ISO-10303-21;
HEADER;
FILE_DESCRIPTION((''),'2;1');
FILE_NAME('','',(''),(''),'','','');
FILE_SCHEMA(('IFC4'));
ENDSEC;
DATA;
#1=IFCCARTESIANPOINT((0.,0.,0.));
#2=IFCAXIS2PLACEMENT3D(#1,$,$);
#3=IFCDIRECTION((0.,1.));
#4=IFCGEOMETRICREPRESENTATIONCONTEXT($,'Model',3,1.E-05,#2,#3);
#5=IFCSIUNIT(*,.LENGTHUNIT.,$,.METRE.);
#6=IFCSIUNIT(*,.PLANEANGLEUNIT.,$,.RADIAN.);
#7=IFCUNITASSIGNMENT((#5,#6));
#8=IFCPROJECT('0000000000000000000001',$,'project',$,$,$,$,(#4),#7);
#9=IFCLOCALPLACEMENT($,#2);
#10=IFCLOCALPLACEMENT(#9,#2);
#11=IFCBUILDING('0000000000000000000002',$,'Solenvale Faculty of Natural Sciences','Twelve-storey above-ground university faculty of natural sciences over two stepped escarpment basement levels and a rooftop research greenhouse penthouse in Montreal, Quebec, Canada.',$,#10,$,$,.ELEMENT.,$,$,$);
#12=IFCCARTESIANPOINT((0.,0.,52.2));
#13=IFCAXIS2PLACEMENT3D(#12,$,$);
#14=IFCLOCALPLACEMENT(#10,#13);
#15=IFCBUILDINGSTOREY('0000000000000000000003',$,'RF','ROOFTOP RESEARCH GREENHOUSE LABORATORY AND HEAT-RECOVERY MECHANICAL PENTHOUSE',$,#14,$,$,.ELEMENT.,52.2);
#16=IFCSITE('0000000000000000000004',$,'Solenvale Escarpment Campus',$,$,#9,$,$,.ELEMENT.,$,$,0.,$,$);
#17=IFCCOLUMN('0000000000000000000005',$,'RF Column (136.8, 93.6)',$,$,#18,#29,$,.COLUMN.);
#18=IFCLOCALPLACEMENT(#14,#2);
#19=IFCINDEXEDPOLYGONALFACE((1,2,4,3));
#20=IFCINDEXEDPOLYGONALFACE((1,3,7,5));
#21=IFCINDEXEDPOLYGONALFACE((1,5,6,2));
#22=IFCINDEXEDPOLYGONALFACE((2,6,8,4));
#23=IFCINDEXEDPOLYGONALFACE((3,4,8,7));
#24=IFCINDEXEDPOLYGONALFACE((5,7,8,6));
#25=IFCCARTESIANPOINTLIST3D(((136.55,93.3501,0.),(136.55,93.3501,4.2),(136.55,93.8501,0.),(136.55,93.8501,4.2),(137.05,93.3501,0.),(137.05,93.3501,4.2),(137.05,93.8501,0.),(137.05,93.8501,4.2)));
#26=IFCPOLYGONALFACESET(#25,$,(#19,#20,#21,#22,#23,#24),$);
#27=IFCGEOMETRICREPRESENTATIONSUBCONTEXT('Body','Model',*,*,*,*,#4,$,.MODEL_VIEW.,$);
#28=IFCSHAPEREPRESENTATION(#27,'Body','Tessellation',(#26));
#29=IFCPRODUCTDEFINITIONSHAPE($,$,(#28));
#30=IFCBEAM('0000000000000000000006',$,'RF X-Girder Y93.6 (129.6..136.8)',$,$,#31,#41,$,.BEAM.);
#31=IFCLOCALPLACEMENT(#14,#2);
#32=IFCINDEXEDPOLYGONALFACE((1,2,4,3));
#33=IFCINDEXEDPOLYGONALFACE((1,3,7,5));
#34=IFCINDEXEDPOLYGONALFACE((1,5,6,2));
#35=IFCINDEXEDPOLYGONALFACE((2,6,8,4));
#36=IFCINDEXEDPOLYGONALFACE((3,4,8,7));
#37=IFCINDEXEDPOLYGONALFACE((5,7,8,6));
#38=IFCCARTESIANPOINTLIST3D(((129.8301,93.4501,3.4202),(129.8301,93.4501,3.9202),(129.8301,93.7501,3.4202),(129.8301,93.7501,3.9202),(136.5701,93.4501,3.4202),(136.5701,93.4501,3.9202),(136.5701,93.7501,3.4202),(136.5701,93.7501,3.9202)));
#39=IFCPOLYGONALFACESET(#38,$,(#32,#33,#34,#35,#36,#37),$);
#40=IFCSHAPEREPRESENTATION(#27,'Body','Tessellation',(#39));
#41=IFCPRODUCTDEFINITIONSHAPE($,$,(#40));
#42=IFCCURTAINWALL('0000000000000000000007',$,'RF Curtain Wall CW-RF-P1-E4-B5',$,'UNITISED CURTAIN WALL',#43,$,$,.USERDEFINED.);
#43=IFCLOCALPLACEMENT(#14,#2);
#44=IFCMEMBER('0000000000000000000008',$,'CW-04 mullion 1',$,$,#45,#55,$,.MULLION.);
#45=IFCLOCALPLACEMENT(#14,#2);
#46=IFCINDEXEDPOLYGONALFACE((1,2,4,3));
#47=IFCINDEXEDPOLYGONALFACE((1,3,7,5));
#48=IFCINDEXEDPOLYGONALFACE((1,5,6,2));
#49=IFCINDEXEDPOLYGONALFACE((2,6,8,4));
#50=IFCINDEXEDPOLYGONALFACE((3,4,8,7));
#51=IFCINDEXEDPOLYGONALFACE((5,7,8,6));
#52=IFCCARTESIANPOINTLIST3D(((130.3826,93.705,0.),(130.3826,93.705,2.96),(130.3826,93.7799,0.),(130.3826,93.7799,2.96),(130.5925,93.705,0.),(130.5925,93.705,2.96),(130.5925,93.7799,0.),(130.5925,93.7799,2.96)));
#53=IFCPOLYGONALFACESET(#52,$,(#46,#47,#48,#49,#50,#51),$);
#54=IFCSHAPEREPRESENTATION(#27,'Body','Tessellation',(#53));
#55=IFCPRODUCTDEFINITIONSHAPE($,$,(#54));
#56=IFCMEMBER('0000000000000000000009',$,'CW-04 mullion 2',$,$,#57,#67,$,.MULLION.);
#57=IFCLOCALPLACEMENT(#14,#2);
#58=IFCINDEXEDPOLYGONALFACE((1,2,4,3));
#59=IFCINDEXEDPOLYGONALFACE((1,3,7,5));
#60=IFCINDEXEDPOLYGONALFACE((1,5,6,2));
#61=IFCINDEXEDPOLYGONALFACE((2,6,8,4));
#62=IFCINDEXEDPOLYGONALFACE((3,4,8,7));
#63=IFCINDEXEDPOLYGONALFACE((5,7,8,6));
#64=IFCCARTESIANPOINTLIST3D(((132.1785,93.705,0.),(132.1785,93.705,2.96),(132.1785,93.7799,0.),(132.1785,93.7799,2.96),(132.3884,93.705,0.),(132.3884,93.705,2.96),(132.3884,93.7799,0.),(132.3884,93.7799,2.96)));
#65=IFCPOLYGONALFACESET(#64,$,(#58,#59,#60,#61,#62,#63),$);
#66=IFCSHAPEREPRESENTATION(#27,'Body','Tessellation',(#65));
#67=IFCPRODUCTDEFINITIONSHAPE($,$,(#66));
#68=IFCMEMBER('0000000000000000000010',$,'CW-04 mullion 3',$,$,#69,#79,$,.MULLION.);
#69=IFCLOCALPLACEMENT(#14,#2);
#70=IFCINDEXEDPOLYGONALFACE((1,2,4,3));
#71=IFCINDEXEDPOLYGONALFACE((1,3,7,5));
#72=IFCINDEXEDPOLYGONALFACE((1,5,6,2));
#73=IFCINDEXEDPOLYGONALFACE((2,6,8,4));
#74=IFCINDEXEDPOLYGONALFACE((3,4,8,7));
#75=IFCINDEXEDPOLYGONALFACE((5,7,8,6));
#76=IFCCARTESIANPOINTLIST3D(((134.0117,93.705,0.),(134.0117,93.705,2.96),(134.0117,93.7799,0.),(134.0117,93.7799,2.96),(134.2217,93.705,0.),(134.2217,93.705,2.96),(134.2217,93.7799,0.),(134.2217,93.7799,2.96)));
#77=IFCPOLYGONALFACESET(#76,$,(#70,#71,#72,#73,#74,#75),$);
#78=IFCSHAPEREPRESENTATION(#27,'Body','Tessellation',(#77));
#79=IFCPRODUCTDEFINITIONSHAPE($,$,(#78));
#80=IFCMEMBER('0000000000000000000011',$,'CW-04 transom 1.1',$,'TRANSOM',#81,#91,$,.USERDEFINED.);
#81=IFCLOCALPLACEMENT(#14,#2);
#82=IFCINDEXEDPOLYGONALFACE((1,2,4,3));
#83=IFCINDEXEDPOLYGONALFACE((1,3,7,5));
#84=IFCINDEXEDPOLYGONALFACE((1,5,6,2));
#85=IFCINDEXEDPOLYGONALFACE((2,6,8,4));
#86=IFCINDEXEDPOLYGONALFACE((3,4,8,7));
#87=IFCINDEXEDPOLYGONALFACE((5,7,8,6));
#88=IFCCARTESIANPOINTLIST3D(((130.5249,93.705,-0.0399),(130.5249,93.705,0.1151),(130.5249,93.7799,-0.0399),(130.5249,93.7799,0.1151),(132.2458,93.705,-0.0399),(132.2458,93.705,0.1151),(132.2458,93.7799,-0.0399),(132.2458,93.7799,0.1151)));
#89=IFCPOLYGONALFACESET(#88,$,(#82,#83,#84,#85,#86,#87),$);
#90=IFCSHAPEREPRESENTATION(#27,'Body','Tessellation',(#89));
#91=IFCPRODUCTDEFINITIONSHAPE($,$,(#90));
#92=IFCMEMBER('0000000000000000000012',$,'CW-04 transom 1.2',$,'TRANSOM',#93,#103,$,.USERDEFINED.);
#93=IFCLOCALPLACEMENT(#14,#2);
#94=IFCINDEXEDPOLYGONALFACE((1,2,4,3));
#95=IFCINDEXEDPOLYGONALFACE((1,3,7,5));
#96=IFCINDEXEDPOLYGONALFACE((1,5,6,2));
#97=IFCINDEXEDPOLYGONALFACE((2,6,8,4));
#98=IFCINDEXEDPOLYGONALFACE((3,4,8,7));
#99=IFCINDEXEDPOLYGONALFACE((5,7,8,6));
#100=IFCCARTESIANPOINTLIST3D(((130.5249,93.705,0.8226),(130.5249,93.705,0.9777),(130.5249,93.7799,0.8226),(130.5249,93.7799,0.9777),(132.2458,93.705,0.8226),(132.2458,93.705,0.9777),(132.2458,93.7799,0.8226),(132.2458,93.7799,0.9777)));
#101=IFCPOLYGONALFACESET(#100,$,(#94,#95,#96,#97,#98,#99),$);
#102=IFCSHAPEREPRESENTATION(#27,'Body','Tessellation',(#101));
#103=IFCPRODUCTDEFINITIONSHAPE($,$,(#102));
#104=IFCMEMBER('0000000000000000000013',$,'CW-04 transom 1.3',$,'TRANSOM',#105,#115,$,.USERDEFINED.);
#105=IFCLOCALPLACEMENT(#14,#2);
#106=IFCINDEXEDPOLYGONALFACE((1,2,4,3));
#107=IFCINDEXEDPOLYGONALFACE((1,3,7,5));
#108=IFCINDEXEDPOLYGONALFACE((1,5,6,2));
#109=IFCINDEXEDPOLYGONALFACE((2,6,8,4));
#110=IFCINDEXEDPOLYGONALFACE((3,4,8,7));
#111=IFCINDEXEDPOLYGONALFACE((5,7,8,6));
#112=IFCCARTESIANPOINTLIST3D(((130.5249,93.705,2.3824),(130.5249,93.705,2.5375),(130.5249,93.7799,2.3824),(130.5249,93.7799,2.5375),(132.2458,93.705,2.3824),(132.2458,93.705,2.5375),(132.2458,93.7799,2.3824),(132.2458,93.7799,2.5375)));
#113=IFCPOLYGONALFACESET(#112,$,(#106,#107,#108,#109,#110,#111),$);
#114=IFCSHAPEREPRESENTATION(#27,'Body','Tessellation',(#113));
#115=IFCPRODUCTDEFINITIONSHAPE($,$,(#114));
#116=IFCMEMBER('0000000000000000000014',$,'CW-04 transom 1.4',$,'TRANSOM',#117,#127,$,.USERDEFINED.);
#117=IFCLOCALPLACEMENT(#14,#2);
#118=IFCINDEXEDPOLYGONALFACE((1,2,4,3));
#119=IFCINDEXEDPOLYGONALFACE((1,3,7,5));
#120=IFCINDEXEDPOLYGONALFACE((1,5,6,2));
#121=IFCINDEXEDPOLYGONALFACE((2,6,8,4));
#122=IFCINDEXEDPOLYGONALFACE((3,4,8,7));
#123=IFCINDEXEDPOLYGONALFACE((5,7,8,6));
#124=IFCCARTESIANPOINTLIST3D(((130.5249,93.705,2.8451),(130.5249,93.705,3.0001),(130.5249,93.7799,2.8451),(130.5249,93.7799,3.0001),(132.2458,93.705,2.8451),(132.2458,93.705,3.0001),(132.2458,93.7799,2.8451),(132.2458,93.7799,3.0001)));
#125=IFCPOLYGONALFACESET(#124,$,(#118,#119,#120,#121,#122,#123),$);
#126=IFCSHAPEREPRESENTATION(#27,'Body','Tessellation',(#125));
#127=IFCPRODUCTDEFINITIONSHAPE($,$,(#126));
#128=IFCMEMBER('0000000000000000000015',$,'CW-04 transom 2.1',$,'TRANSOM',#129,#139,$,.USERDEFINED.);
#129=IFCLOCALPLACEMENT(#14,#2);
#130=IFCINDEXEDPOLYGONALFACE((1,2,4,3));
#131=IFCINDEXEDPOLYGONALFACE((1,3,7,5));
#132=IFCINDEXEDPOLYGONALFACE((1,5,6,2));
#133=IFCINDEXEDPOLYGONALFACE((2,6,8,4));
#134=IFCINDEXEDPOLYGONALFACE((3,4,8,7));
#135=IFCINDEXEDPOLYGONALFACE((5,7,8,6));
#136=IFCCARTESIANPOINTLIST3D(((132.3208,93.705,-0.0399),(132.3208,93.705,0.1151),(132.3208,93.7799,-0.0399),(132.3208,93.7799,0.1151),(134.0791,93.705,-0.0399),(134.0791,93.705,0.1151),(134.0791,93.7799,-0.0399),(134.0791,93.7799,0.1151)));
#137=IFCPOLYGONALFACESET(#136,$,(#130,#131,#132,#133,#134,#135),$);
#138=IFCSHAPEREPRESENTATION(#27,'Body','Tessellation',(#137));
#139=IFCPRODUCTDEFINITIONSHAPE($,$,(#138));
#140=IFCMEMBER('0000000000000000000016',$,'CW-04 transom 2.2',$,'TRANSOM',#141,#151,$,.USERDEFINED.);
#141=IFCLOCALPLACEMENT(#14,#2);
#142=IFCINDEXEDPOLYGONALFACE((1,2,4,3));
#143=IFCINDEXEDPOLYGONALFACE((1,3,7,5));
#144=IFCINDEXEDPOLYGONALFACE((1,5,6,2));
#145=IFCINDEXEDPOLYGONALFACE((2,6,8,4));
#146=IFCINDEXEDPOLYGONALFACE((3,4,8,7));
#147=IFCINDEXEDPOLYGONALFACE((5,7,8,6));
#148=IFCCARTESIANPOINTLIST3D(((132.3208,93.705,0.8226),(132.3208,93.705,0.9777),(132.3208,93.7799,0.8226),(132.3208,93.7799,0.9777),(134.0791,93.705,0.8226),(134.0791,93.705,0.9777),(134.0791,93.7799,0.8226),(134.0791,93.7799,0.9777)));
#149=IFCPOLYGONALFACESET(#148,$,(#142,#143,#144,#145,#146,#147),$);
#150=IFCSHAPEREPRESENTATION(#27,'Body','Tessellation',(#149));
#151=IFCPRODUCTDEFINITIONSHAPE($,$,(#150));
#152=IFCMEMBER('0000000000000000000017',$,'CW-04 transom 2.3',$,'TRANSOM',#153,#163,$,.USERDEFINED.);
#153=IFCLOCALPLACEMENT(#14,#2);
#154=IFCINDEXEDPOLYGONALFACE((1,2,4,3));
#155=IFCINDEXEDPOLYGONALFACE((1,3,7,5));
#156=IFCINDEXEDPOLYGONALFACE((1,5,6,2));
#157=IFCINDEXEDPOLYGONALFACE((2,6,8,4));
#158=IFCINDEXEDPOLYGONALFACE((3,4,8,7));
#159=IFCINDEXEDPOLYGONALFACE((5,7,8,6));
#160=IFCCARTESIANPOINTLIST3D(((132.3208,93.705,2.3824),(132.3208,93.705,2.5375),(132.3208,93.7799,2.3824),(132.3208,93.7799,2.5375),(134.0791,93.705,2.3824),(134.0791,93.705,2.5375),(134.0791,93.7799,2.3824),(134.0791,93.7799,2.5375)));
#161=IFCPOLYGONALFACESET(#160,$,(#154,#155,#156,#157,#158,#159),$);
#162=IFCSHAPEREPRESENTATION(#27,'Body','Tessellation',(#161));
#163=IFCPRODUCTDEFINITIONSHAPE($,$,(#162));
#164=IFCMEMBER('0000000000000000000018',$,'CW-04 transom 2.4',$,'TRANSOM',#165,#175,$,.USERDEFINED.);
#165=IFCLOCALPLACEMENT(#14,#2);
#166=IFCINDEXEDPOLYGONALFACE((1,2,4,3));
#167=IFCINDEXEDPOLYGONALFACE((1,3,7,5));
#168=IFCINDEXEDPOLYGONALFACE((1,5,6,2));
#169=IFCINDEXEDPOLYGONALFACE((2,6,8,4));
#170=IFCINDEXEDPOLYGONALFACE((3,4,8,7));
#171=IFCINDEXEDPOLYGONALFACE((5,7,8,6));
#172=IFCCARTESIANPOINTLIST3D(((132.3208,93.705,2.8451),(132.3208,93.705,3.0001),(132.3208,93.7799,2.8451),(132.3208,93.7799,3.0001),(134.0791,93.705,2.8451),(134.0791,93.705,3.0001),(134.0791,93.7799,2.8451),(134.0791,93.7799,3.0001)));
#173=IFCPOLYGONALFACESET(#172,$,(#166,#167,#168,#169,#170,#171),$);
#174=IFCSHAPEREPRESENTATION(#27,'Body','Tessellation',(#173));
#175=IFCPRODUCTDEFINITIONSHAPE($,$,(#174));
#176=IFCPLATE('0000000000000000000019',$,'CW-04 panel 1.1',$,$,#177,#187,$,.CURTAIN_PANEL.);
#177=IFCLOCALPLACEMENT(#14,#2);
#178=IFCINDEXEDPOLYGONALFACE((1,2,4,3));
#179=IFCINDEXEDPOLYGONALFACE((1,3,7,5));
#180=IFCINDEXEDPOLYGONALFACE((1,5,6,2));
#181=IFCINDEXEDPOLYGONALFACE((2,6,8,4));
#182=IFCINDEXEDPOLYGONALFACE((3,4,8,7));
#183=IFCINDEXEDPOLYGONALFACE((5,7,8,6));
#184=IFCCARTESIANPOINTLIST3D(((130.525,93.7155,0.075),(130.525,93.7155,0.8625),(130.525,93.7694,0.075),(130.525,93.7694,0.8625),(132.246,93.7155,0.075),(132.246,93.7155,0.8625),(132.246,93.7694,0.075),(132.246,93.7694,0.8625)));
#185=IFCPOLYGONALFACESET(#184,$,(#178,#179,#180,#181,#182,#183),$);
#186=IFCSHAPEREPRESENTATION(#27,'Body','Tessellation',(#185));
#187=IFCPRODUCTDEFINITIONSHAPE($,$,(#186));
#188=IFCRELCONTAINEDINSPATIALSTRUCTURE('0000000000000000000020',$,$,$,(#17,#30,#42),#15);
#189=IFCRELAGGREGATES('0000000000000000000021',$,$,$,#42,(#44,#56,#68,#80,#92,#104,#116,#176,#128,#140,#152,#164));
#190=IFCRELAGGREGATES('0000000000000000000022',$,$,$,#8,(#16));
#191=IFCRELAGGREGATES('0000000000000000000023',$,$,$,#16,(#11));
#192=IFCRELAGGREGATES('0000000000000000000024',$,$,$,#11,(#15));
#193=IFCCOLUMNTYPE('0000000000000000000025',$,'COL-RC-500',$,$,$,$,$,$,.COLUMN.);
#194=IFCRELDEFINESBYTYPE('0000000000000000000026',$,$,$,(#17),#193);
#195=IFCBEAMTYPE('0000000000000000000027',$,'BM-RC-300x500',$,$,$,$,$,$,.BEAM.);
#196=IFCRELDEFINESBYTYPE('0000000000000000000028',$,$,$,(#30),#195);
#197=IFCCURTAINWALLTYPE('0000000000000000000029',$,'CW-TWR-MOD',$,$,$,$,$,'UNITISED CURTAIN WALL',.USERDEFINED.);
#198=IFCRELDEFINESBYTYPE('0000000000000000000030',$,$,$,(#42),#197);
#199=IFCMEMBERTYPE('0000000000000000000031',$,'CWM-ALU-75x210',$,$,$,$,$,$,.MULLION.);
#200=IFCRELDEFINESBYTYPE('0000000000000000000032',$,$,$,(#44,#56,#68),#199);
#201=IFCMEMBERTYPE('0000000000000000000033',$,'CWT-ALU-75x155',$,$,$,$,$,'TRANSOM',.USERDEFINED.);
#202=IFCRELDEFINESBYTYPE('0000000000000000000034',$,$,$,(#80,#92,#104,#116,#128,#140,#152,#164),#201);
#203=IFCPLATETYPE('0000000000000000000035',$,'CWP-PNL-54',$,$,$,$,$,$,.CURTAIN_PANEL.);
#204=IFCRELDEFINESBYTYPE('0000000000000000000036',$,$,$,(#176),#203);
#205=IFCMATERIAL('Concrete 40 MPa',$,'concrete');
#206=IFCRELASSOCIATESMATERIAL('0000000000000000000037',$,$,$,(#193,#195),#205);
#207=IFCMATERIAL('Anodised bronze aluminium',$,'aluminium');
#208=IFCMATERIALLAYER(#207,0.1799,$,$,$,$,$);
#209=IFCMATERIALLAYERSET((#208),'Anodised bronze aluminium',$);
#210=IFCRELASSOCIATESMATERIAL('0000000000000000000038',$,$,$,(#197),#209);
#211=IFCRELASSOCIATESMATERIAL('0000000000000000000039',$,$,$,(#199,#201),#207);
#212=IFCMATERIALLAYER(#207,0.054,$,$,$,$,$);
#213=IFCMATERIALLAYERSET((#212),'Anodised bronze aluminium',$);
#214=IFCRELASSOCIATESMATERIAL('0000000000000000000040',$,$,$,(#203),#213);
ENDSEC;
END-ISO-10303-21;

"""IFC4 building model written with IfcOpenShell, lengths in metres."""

from ifc_helpers import new_model, si_unit, direction, frame, origin, origin_2d, place, context, subcontext, project, spatial, rectangle, extrude, material, layer, layer_set, material_profile, profile_set, type_object, element, aggregate, save


model = new_model("IFC4")

# Units and contexts
model_context = context("Model", 3, precision=1e-05, world=origin(), true_north=direction((0.0, 1.0)))
body_context = subcontext(model_context, "Body", "Model", "MODEL_VIEW")
ifc_project = project(units=[si_unit("LENGTHUNIT", "METRE"), si_unit("PLANEANGLEUNIT", "RADIAN")], contexts=[model_context])

# Site, building, storey
site_placement = place(None, origin())
site = spatial("IfcSite", under=ifc_project, at=site_placement, Name="Solenvale Escarpment Campus", CompositionType="ELEMENT", RefElevation=0.0)
building_placement = place(site_placement, origin())
building = spatial("IfcBuilding", under=site, at=building_placement, Name="Solenvale Faculty of Natural Sciences", Description="Twelve-storey above-ground university faculty of natural sciences over two stepped escarpment basement levels and a rooftop research greenhouse penthouse in Montreal, Quebec, Canada.", CompositionType="ELEMENT")
storey_placement = place(building_placement, frame((0.0, 0.0, 52.2)))
storey = spatial("IfcBuildingStorey", under=building, at=storey_placement, Name="RF", Description="ROOFTOP RESEARCH GREENHOUSE LABORATORY AND HEAT-RECOVERY MECHANICAL PENTHOUSE", CompositionType="ELEMENT", Elevation=52.2)

# Column
ifc_material_1 = material(Name="Concrete 40 MPa", Category="concrete")
ifc_material_profile_1 = material_profile(ifc_material_1, rectangle(XDim=0.5, YDim=0.5, at=origin_2d()), Name="RC-COL-500x500")
ifc_profile_set_1 = profile_set([ifc_material_profile_1], Name="Concrete 40 MPa")
column_type = type_object("IfcColumnType", Name="COL-RC-500", PredefinedType="COLUMN", material=ifc_profile_set_1)
column_placement = place(storey_placement, frame((136.8, 93.6001, 0.0), z_axis=(0.0, 0.0, 1.0), x_axis=(1.0, 0.0, 0.0)))
element("IfcColumn", 1, at=column_placement, inside=storey, type_object=column_type, Name="RF Column (136.8, 93.6)", PredefinedType="COLUMN", context=body_context, shape_type="SweptSolid", body=[
    extrude(rectangle(XDim=0.5, YDim=0.5, at=origin_2d()), origin(), (0.0, 0.0, 1.0), 4.2),
])

# Beam
ifc_material_profile_2 = material_profile(ifc_material_1, rectangle(XDim=0.3, YDim=0.5, at=origin_2d()), Name="RC-BM-300x500")
ifc_profile_set_2 = profile_set([ifc_material_profile_2], Name="Concrete 40 MPa")
beam_type = type_object("IfcBeamType", Name="BM-RC-300x500", PredefinedType="BEAM", material=ifc_profile_set_2)
beam_placement = place(storey_placement, frame((129.8301, 93.6001, 3.6702), z_axis=(1.0, 0.0, 0.0), x_axis=(0.0, 1.0, 0.0)))
element("IfcBeam", 2, at=beam_placement, inside=storey, type_object=beam_type, Name="RF X-Girder Y93.6 (129.6..136.8)", PredefinedType="BEAM", context=body_context, shape_type="SweptSolid", body=[
    extrude(rectangle(XDim=0.3, YDim=0.5, at=origin_2d()), origin(), (0.0, 0.0, 1.0), 6.74),
])

# Curtain wall, members, plate
ifc_material_2 = material(Name="Anodised bronze aluminium", Category="aluminium")
ifc_layer_1 = layer(ifc_material_2, 0.1799)
ifc_layer_set_1 = layer_set([ifc_layer_1], Name="Anodised bronze aluminium")
curtain_wall_type = type_object("IfcCurtainWallType", Name="CW-TWR-MOD", ElementType="UNITISED CURTAIN WALL", PredefinedType="USERDEFINED", material=ifc_layer_set_1)
curtain_wall_placement = place(storey_placement, origin())
curtain_wall = element("IfcCurtainWall", 3, at=curtain_wall_placement, inside=storey, type_object=curtain_wall_type, Name="RF Curtain Wall CW-RF-P1-E4-B5", ObjectType="UNITISED CURTAIN WALL", PredefinedType="USERDEFINED")
ifc_material_profile_3 = material_profile(ifc_material_2, rectangle(XDim=0.075, YDim=0.21, at=origin_2d()), Name="ALU-MUL-75x210")
ifc_profile_set_3 = profile_set([ifc_material_profile_3], Name="Anodised bronze aluminium")
member_type_1 = type_object("IfcMemberType", Name="CWM-ALU-75x210", PredefinedType="MULLION", material=ifc_profile_set_3)
member_1_placement = place(storey_placement, frame((130.4875, 93.7424, 0.0), z_axis=(0.0, 0.0, 1.0), x_axis=(0.0, 1.0, 0.0)))
member_1 = element("IfcMember", 4, at=member_1_placement, type_object=member_type_1, Name="CW-04 mullion 1", PredefinedType="MULLION", context=body_context, shape_type="SweptSolid", body=[
    extrude(rectangle(XDim=0.075, YDim=0.21, at=origin_2d()), origin(), (0.0, 0.0, 1.0), 2.96),
])
member_2_placement = place(storey_placement, frame((132.2834, 93.7424, 0.0), z_axis=(0.0, 0.0, 1.0), x_axis=(0.0, 1.0, 0.0)))
member_2 = element("IfcMember", 5, at=member_2_placement, type_object=member_type_1, Name="CW-04 mullion 2", PredefinedType="MULLION", context=body_context, shape_type="SweptSolid", body=[
    extrude(rectangle(XDim=0.075, YDim=0.21, at=origin_2d()), origin(), (0.0, 0.0, 1.0), 2.96),
])
member_3_placement = place(storey_placement, frame((134.1167, 93.7424, 0.0), z_axis=(0.0, 0.0, 1.0), x_axis=(0.0, 1.0, 0.0)))
member_3 = element("IfcMember", 6, at=member_3_placement, type_object=member_type_1, Name="CW-04 mullion 3", PredefinedType="MULLION", context=body_context, shape_type="SweptSolid", body=[
    extrude(rectangle(XDim=0.075, YDim=0.21, at=origin_2d()), origin(), (0.0, 0.0, 1.0), 2.96),
])
ifc_material_profile_4 = material_profile(ifc_material_2, rectangle(XDim=0.075, YDim=0.155, at=origin_2d()), Name="ALU-TRN-75x155")
ifc_profile_set_4 = profile_set([ifc_material_profile_4], Name="Anodised bronze aluminium")
member_type_2 = type_object("IfcMemberType", Name="CWT-ALU-75x155", ElementType="TRANSOM", PredefinedType="USERDEFINED", material=ifc_profile_set_4)
member_4_placement = place(storey_placement, frame((130.5249, 93.7424, 0.0376), z_axis=(1.0, 0.0, 0.0), x_axis=(0.0, 1.0, 0.0)))
member_4 = element("IfcMember", 7, at=member_4_placement, type_object=member_type_2, Name="CW-04 transom 1.1", ObjectType="TRANSOM", PredefinedType="USERDEFINED", context=body_context, shape_type="SweptSolid", body=[
    extrude(rectangle(XDim=0.075, YDim=0.155, at=origin_2d()), origin(), (0.0, 0.0, 1.0), 1.7209),
])
member_5_placement = place(storey_placement, frame((130.5249, 93.7424, 0.9001), z_axis=(1.0, 0.0, 0.0), x_axis=(0.0, 1.0, 0.0)))
member_5 = element("IfcMember", 8, at=member_5_placement, type_object=member_type_2, Name="CW-04 transom 1.2", ObjectType="TRANSOM", PredefinedType="USERDEFINED", context=body_context, shape_type="SweptSolid", body=[
    extrude(rectangle(XDim=0.075, YDim=0.155, at=origin_2d()), origin(), (0.0, 0.0, 1.0), 1.7209),
])
member_6_placement = place(storey_placement, frame((130.5249, 93.7424, 2.46), z_axis=(1.0, 0.0, 0.0), x_axis=(0.0, 1.0, 0.0)))
member_6 = element("IfcMember", 9, at=member_6_placement, type_object=member_type_2, Name="CW-04 transom 1.3", ObjectType="TRANSOM", PredefinedType="USERDEFINED", context=body_context, shape_type="SweptSolid", body=[
    extrude(rectangle(XDim=0.075, YDim=0.155, at=origin_2d()), origin(), (0.0, 0.0, 1.0), 1.7209),
])
member_7_placement = place(storey_placement, frame((130.5249, 93.7424, 2.9226), z_axis=(1.0, 0.0, 0.0), x_axis=(0.0, 1.0, 0.0)))
member_7 = element("IfcMember", 10, at=member_7_placement, type_object=member_type_2, Name="CW-04 transom 1.4", ObjectType="TRANSOM", PredefinedType="USERDEFINED", context=body_context, shape_type="SweptSolid", body=[
    extrude(rectangle(XDim=0.075, YDim=0.155, at=origin_2d()), origin(), (0.0, 0.0, 1.0), 1.7209),
])
member_8_placement = place(storey_placement, frame((132.3208, 93.7424, 0.0376), z_axis=(1.0, 0.0, 0.0), x_axis=(0.0, 1.0, 0.0)))
member_8 = element("IfcMember", 11, at=member_8_placement, type_object=member_type_2, Name="CW-04 transom 2.1", ObjectType="TRANSOM", PredefinedType="USERDEFINED", context=body_context, shape_type="SweptSolid", body=[
    extrude(rectangle(XDim=0.075, YDim=0.155, at=origin_2d()), origin(), (0.0, 0.0, 1.0), 1.7583),
])
member_9_placement = place(storey_placement, frame((132.3208, 93.7424, 0.9001), z_axis=(1.0, 0.0, 0.0), x_axis=(0.0, 1.0, 0.0)))
member_9 = element("IfcMember", 12, at=member_9_placement, type_object=member_type_2, Name="CW-04 transom 2.2", ObjectType="TRANSOM", PredefinedType="USERDEFINED", context=body_context, shape_type="SweptSolid", body=[
    extrude(rectangle(XDim=0.075, YDim=0.155, at=origin_2d()), origin(), (0.0, 0.0, 1.0), 1.7583),
])
member_10_placement = place(storey_placement, frame((132.3208, 93.7424, 2.46), z_axis=(1.0, 0.0, 0.0), x_axis=(0.0, 1.0, 0.0)))
member_10 = element("IfcMember", 13, at=member_10_placement, type_object=member_type_2, Name="CW-04 transom 2.3", ObjectType="TRANSOM", PredefinedType="USERDEFINED", context=body_context, shape_type="SweptSolid", body=[
    extrude(rectangle(XDim=0.075, YDim=0.155, at=origin_2d()), origin(), (0.0, 0.0, 1.0), 1.7583),
])
member_11_placement = place(storey_placement, frame((132.3208, 93.7424, 2.9226), z_axis=(1.0, 0.0, 0.0), x_axis=(0.0, 1.0, 0.0)))
member_11 = element("IfcMember", 14, at=member_11_placement, type_object=member_type_2, Name="CW-04 transom 2.4", ObjectType="TRANSOM", PredefinedType="USERDEFINED", context=body_context, shape_type="SweptSolid", body=[
    extrude(rectangle(XDim=0.075, YDim=0.155, at=origin_2d()), origin(), (0.0, 0.0, 1.0), 1.7583),
])
ifc_layer_2 = layer(ifc_material_2, 0.054)
ifc_layer_set_2 = layer_set([ifc_layer_2], Name="Anodised bronze aluminium")
plate_type = type_object("IfcPlateType", Name="CWP-PNL-54", PredefinedType="CURTAIN_PANEL", material=ifc_layer_set_2)
plate_1_placement = place(storey_placement, frame((131.3855, 93.7424, 0.075), z_axis=(0.0, 0.0, 1.0), x_axis=(1.0, 0.0, 0.0)))
plate_1 = element("IfcPlate", 15, at=plate_1_placement, type_object=plate_type, Name="CW-04 panel 1.1", PredefinedType="CURTAIN_PANEL", context=body_context, shape_type="SweptSolid", body=[
    extrude(rectangle(XDim=1.7209, YDim=0.054, at=origin_2d()), origin(), (0.0, 0.0, 1.0), 0.7876),
])
aggregate(curtain_wall, [member_1, member_2, member_3, member_4, member_5, member_6, member_7, plate_1, member_8, member_9, member_10, member_11])

save(model, "model.ifc")
